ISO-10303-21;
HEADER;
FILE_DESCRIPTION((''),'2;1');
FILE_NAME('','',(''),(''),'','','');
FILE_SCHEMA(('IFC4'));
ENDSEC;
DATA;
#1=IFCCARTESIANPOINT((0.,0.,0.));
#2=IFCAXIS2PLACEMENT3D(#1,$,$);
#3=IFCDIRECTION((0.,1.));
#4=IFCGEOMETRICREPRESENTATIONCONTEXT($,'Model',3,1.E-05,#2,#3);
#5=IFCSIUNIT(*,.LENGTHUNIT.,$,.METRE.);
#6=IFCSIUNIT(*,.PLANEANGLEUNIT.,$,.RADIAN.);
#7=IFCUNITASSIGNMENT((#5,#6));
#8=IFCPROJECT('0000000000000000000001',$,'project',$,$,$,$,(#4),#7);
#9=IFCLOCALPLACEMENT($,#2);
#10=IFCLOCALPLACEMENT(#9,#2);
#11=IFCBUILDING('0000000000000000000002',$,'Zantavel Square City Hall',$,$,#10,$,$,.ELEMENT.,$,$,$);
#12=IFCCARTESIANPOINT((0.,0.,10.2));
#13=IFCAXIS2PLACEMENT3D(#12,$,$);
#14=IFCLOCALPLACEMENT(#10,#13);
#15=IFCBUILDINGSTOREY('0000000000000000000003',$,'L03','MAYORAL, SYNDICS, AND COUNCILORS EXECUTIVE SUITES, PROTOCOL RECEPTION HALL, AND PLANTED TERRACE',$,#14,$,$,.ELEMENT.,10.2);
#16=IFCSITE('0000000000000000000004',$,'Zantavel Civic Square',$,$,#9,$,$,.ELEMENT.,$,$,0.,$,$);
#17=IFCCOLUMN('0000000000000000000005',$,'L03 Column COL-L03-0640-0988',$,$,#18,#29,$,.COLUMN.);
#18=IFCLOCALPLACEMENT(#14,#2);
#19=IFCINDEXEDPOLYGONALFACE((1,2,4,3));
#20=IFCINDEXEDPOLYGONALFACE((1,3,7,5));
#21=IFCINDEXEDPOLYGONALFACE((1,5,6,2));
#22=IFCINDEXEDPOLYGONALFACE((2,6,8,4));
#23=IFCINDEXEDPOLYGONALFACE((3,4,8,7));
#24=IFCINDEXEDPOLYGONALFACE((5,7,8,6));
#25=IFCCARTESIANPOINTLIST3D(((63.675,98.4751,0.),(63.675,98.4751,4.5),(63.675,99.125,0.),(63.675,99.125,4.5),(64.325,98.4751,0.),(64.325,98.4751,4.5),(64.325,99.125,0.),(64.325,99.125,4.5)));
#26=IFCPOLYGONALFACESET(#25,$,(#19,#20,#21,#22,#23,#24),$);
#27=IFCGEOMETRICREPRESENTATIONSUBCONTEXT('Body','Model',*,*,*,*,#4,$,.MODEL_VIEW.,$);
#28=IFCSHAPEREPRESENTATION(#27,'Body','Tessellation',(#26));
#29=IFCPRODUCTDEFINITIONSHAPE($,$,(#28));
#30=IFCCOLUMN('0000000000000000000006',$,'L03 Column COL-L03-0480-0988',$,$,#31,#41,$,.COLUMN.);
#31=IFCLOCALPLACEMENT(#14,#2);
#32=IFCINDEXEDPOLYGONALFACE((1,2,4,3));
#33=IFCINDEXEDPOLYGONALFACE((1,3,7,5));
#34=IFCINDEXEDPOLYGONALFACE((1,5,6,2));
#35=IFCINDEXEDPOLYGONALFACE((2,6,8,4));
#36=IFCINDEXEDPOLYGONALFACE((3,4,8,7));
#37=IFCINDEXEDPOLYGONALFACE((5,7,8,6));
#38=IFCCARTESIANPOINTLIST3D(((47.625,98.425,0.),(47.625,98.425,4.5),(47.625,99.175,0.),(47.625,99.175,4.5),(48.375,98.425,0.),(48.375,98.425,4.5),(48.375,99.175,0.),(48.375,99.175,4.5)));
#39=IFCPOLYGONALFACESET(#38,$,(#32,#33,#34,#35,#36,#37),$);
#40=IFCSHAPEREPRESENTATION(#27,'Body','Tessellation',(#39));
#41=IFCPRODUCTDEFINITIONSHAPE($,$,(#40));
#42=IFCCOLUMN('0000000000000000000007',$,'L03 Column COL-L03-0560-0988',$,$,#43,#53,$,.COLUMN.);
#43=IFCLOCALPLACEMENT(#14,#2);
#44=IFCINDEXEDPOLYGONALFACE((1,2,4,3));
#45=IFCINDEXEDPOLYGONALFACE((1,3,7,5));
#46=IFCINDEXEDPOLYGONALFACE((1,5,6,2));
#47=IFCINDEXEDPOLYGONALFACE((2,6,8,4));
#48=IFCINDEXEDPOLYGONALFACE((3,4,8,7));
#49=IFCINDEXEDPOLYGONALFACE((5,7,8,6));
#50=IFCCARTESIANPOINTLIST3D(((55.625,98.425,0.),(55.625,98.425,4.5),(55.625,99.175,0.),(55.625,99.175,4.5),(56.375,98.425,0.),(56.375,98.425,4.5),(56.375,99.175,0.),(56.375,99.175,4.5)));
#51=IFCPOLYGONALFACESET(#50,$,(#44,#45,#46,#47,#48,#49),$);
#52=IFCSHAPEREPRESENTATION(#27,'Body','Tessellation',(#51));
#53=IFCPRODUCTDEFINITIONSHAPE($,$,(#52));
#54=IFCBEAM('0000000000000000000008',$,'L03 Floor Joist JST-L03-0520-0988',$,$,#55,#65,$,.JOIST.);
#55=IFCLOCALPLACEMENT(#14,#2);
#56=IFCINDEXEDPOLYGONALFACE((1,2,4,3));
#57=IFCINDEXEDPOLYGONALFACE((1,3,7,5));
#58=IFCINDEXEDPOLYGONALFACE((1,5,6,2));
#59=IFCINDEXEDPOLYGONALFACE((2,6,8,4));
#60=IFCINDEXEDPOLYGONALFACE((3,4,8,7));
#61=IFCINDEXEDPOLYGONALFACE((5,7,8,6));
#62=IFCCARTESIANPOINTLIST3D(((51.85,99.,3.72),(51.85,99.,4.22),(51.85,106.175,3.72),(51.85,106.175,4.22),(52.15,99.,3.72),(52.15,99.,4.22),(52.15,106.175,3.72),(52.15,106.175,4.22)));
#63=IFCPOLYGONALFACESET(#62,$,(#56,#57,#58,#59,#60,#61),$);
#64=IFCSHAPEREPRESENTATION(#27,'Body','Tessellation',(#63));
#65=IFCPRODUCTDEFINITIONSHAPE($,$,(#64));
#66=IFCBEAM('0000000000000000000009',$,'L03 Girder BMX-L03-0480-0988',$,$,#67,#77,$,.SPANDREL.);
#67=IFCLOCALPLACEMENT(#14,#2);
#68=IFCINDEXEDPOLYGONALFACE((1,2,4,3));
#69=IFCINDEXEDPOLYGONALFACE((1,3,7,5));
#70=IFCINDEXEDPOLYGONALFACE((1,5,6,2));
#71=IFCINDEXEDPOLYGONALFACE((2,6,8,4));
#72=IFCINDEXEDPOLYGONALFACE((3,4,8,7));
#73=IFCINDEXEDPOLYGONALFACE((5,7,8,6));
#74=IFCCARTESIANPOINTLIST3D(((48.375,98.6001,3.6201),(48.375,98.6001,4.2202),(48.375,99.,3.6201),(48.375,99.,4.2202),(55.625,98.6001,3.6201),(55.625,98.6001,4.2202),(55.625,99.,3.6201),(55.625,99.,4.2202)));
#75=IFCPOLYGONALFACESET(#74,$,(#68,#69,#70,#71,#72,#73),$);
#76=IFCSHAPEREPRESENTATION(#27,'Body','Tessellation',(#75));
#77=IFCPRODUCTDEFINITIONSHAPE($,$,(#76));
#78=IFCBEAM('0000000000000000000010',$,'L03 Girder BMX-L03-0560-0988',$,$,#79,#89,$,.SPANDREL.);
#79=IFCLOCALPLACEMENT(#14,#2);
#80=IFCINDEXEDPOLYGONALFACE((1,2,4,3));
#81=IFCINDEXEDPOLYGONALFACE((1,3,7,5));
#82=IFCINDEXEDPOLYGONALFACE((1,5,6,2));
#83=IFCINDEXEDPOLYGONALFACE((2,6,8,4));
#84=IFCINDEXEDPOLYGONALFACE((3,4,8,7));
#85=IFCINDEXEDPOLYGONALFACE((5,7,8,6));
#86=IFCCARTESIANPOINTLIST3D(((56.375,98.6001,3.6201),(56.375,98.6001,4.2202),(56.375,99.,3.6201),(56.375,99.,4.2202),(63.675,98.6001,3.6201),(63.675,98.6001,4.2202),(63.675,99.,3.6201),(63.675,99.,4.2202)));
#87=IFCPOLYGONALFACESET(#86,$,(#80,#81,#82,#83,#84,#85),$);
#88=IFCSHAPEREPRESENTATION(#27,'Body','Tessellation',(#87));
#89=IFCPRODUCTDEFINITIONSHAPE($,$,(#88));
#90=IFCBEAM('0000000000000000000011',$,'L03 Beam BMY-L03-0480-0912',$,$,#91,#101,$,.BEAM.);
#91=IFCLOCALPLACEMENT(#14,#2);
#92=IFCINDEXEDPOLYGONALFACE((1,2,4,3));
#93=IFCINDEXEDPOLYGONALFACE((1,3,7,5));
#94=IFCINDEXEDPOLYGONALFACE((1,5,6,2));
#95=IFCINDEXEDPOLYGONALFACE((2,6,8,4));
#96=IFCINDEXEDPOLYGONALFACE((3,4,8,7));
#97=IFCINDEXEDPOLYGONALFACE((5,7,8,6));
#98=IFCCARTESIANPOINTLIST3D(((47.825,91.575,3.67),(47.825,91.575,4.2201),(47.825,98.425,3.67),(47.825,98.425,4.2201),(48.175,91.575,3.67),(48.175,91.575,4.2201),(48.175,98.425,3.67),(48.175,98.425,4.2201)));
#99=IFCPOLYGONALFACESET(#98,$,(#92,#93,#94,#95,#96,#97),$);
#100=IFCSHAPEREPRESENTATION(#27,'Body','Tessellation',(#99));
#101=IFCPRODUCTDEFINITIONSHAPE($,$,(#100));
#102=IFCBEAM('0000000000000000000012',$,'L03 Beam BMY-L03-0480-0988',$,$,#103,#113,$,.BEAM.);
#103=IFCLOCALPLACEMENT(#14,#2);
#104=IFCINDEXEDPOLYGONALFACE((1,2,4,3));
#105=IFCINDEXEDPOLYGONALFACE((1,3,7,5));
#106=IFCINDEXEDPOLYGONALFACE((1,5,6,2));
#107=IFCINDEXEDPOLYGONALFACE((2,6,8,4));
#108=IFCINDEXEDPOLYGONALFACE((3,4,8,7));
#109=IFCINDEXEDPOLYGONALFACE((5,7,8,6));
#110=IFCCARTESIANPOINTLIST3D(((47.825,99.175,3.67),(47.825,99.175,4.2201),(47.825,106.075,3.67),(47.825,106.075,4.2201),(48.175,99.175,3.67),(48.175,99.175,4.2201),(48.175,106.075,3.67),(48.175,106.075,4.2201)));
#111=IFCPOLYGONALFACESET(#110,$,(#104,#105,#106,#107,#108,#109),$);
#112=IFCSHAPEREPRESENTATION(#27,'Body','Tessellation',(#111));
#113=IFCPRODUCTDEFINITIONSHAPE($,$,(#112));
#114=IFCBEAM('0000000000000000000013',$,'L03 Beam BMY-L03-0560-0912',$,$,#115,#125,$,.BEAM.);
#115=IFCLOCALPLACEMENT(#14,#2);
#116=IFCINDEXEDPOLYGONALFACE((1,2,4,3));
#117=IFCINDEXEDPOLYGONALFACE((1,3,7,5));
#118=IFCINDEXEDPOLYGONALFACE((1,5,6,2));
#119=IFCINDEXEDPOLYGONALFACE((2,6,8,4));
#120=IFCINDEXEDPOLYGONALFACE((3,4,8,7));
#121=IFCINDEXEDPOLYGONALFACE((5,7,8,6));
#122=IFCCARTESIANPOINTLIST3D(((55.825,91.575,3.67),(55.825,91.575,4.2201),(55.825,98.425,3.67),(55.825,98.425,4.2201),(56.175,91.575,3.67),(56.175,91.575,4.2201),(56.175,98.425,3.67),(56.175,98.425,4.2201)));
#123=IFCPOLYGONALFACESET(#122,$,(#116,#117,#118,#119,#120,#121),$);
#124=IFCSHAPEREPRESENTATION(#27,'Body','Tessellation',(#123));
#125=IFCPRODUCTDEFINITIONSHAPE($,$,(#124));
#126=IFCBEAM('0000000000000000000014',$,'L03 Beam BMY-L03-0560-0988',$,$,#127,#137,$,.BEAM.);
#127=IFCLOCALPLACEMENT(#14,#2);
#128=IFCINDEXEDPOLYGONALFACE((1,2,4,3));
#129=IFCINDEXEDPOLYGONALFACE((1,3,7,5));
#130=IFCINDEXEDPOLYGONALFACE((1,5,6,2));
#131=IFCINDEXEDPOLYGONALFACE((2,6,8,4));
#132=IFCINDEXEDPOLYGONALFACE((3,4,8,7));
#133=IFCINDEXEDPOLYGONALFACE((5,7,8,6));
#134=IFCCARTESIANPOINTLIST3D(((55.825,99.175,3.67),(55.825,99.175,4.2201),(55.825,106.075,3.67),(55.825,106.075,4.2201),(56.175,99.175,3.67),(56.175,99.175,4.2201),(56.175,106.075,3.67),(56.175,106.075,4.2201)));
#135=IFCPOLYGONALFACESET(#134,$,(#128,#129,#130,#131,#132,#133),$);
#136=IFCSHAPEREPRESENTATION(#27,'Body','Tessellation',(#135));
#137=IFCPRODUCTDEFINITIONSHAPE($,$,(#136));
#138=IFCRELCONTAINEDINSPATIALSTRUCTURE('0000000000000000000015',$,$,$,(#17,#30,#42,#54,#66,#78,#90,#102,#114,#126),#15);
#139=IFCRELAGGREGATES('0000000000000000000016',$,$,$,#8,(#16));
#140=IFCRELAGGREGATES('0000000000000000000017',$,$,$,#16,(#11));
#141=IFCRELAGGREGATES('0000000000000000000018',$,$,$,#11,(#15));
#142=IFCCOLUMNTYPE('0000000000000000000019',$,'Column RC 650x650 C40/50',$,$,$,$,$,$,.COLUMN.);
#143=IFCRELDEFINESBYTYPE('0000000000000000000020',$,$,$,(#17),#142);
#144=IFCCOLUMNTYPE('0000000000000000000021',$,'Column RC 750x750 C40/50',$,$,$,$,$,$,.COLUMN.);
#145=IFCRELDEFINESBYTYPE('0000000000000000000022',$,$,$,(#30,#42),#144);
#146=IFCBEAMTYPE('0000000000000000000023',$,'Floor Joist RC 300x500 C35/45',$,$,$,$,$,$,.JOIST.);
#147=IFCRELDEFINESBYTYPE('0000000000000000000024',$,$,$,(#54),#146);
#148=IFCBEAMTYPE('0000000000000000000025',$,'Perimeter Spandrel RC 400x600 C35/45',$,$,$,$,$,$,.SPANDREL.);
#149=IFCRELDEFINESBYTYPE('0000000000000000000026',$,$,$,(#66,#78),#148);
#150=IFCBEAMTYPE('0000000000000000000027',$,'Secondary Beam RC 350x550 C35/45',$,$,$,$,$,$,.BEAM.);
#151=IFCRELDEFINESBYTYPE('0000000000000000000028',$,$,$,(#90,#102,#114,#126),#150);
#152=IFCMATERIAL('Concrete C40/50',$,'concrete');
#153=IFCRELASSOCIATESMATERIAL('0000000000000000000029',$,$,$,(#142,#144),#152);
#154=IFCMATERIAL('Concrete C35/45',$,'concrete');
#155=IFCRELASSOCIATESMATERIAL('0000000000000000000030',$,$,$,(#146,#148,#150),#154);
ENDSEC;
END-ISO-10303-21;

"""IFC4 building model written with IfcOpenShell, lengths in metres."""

from ifc_helpers import new_model, si_unit, direction, frame, origin, origin_2d, place, context, subcontext, project, spatial, rectangle, extrude, material, material_profile, profile_set, type_object, element, save


model = new_model("IFC4")

# Units and contexts
model_context = context("Model", 3, precision=1e-05, world=origin(), true_north=direction((0.0, 1.0)))
body_context = subcontext(model_context, "Body", "Model", "MODEL_VIEW")
ifc_project = project(units=[si_unit("LENGTHUNIT", "METRE"), si_unit("PLANEANGLEUNIT", "RADIAN")], contexts=[model_context])

# Site, building, storey
site_placement = place(None, origin())
site = spatial("IfcSite", under=ifc_project, at=site_placement, Name="Zantavel Civic Square", CompositionType="ELEMENT", RefElevation=0.0)
building_placement = place(site_placement, origin())
building = spatial("IfcBuilding", under=site, at=building_placement, Name="Zantavel Square City Hall", CompositionType="ELEMENT")
storey_placement = place(building_placement, frame((0.0, 0.0, 10.2)))
storey = spatial("IfcBuildingStorey", under=building, at=storey_placement, Name="L03", Description="MAYORAL, SYNDICS, AND COUNCILORS EXECUTIVE SUITES, PROTOCOL RECEPTION HALL, AND PLANTED TERRACE", CompositionType="ELEMENT", Elevation=10.2)

# Columns
ifc_material_1 = material(Name="Concrete C40/50", Category="concrete")
ifc_material_profile_1 = material_profile(ifc_material_1, rectangle(XDim=0.6499, YDim=0.6499, at=origin_2d()), Name="RC 650x650")
ifc_profile_set_1 = profile_set([ifc_material_profile_1], Name="Concrete C40/50")
column_type_1 = type_object("IfcColumnType", Name="Column RC 650x650 C40/50", PredefinedType="COLUMN", material=ifc_profile_set_1)
column_placement = place(storey_placement, frame((64.0, 98.8, 0.0), z_axis=(0.0, 0.0, 1.0), x_axis=(1.0, 0.0, 0.0)))
element("IfcColumn", 1, at=column_placement, inside=storey, type_object=column_type_1, Name="L03 Column COL-L03-0640-0988", PredefinedType="COLUMN", context=body_context, shape_type="SweptSolid", body=[
    extrude(rectangle(XDim=0.6499, YDim=0.6499, at=origin_2d()), origin(), (0.0, 0.0, 1.0), 4.5),
])
ifc_material_profile_2 = material_profile(ifc_material_1, rectangle(XDim=0.75, YDim=0.75, at=origin_2d()), Name="RC 750x750")
ifc_profile_set_2 = profile_set([ifc_material_profile_2], Name="Concrete C40/50")
column_type_2 = type_object("IfcColumnType", Name="Column RC 750x750 C40/50", PredefinedType="COLUMN", material=ifc_profile_set_2)
for number, where, z_axis, x_axis, name in (
    (2, (48.0, 98.8, 0.0), (0.0, 0.0, 1.0), (1.0, 0.0, 0.0), "L03 Column COL-L03-0480-0988"),
    (3, (56.0, 98.8, 0.0), (0.0, 0.0, 1.0), (1.0, 0.0, 0.0), "L03 Column COL-L03-0560-0988"),
):
    element("IfcColumn", number, at=place(storey_placement, frame(where, z_axis=z_axis, x_axis=x_axis)), inside=storey, type_object=column_type_2, Name=name, PredefinedType="COLUMN", context=body_context, shape_type="SweptSolid", body=[
        extrude(rectangle(XDim=0.75, YDim=0.75, at=origin_2d()), origin(), (0.0, 0.0, 1.0), 4.5),
    ])

# Beams
ifc_material_2 = material(Name="Concrete C35/45", Category="concrete")
ifc_material_profile_3 = material_profile(ifc_material_2, rectangle(XDim=0.3, YDim=0.5, at=origin_2d()), Name="RC 300x500")
ifc_profile_set_3 = profile_set([ifc_material_profile_3], Name="Concrete C35/45")
beam_type_1 = type_object("IfcBeamType", Name="Floor Joist RC 300x500 C35/45", PredefinedType="JOIST", material=ifc_profile_set_3)
beam_1_placement = place(storey_placement, frame((52.0, 99.0, 3.97), z_axis=(0.0, 1.0, 0.0), x_axis=(-1.0, 0.0, 0.0)))
element("IfcBeam", 4, at=beam_1_placement, inside=storey, type_object=beam_type_1, Name="L03 Floor Joist JST-L03-0520-0988", PredefinedType="JOIST", context=body_context, shape_type="SweptSolid", body=[
    extrude(rectangle(XDim=0.3, YDim=0.5, at=origin_2d()), origin(), (0.0, 0.0, 1.0), 7.175),
])
ifc_material_profile_4 = material_profile(ifc_material_2, rectangle(XDim=0.3999, YDim=0.6001, at=origin_2d()), Name="RC 400x600")
ifc_profile_set_4 = profile_set([ifc_material_profile_4], Name="Concrete C35/45")
beam_type_2 = type_object("IfcBeamType", Name="Perimeter Spandrel RC 400x600 C35/45", PredefinedType="SPANDREL", material=ifc_profile_set_4)
beam_2_placement = place(storey_placement, frame((48.375, 98.8, 3.9202), z_axis=(1.0, 0.0, 0.0), x_axis=(0.0, 1.0, 0.0)))
element("IfcBeam", 5, at=beam_2_placement, inside=storey, type_object=beam_type_2, Name="L03 Girder BMX-L03-0480-0988", PredefinedType="SPANDREL", context=body_context, shape_type="SweptSolid", body=[
    extrude(rectangle(XDim=0.3999, YDim=0.6001, at=origin_2d()), origin(), (0.0, 0.0, 1.0), 7.25),
])
beam_3_placement = place(storey_placement, frame((56.375, 98.8, 3.9202), z_axis=(1.0, 0.0, 0.0), x_axis=(0.0, 1.0, 0.0)))
element("IfcBeam", 6, at=beam_3_placement, inside=storey, type_object=beam_type_2, Name="L03 Girder BMX-L03-0560-0988", PredefinedType="SPANDREL", context=body_context, shape_type="SweptSolid", body=[
    extrude(rectangle(XDim=0.3999, YDim=0.6001, at=origin_2d()), origin(), (0.0, 0.0, 1.0), 7.3),
])
ifc_material_profile_5 = material_profile(ifc_material_2, rectangle(XDim=0.3501, YDim=0.55, at=origin_2d()), Name="RC 350x550")
ifc_profile_set_5 = profile_set([ifc_material_profile_5], Name="Concrete C35/45")
beam_type_3 = type_object("IfcBeamType", Name="Secondary Beam RC 350x550 C35/45", PredefinedType="BEAM", material=ifc_profile_set_5)
beam_4_placement = place(storey_placement, frame((48.0, 91.575, 3.9451), z_axis=(0.0, 1.0, 0.0), x_axis=(-1.0, 0.0, 0.0)))
element("IfcBeam", 7, at=beam_4_placement, inside=storey, type_object=beam_type_3, Name="L03 Beam BMY-L03-0480-0912", PredefinedType="BEAM", context=body_context, shape_type="SweptSolid", body=[
    extrude(rectangle(XDim=0.3501, YDim=0.55, at=origin_2d()), origin(), (0.0, 0.0, 1.0), 6.8501),
])
beam_5_placement = place(storey_placement, frame((48.0, 99.175, 3.9451), z_axis=(0.0, 1.0, 0.0), x_axis=(-1.0, 0.0, 0.0)))
element("IfcBeam", 8, at=beam_5_placement, inside=storey, type_object=beam_type_3, Name="L03 Beam BMY-L03-0480-0988", PredefinedType="BEAM", context=body_context, shape_type="SweptSolid", body=[
    extrude(rectangle(XDim=0.3501, YDim=0.55, at=origin_2d()), origin(), (0.0, 0.0, 1.0), 6.8999),
])
beam_6_placement = place(storey_placement, frame((56.0, 91.575, 3.9451), z_axis=(0.0, 1.0, 0.0), x_axis=(-1.0, 0.0, 0.0)))
element("IfcBeam", 9, at=beam_6_placement, inside=storey, type_object=beam_type_3, Name="L03 Beam BMY-L03-0560-0912", PredefinedType="BEAM", context=body_context, shape_type="SweptSolid", body=[
    extrude(rectangle(XDim=0.3501, YDim=0.55, at=origin_2d()), origin(), (0.0, 0.0, 1.0), 6.8501),
])
beam_7_placement = place(storey_placement, frame((56.0, 99.175, 3.9451), z_axis=(0.0, 1.0, 0.0), x_axis=(-1.0, 0.0, 0.0)))
element("IfcBeam", 10, at=beam_7_placement, inside=storey, type_object=beam_type_3, Name="L03 Beam BMY-L03-0560-0988", PredefinedType="BEAM", context=body_context, shape_type="SweptSolid", body=[
    extrude(rectangle(XDim=0.3501, YDim=0.55, at=origin_2d()), origin(), (0.0, 0.0, 1.0), 6.8999),
])

save(model, "model.ifc")
